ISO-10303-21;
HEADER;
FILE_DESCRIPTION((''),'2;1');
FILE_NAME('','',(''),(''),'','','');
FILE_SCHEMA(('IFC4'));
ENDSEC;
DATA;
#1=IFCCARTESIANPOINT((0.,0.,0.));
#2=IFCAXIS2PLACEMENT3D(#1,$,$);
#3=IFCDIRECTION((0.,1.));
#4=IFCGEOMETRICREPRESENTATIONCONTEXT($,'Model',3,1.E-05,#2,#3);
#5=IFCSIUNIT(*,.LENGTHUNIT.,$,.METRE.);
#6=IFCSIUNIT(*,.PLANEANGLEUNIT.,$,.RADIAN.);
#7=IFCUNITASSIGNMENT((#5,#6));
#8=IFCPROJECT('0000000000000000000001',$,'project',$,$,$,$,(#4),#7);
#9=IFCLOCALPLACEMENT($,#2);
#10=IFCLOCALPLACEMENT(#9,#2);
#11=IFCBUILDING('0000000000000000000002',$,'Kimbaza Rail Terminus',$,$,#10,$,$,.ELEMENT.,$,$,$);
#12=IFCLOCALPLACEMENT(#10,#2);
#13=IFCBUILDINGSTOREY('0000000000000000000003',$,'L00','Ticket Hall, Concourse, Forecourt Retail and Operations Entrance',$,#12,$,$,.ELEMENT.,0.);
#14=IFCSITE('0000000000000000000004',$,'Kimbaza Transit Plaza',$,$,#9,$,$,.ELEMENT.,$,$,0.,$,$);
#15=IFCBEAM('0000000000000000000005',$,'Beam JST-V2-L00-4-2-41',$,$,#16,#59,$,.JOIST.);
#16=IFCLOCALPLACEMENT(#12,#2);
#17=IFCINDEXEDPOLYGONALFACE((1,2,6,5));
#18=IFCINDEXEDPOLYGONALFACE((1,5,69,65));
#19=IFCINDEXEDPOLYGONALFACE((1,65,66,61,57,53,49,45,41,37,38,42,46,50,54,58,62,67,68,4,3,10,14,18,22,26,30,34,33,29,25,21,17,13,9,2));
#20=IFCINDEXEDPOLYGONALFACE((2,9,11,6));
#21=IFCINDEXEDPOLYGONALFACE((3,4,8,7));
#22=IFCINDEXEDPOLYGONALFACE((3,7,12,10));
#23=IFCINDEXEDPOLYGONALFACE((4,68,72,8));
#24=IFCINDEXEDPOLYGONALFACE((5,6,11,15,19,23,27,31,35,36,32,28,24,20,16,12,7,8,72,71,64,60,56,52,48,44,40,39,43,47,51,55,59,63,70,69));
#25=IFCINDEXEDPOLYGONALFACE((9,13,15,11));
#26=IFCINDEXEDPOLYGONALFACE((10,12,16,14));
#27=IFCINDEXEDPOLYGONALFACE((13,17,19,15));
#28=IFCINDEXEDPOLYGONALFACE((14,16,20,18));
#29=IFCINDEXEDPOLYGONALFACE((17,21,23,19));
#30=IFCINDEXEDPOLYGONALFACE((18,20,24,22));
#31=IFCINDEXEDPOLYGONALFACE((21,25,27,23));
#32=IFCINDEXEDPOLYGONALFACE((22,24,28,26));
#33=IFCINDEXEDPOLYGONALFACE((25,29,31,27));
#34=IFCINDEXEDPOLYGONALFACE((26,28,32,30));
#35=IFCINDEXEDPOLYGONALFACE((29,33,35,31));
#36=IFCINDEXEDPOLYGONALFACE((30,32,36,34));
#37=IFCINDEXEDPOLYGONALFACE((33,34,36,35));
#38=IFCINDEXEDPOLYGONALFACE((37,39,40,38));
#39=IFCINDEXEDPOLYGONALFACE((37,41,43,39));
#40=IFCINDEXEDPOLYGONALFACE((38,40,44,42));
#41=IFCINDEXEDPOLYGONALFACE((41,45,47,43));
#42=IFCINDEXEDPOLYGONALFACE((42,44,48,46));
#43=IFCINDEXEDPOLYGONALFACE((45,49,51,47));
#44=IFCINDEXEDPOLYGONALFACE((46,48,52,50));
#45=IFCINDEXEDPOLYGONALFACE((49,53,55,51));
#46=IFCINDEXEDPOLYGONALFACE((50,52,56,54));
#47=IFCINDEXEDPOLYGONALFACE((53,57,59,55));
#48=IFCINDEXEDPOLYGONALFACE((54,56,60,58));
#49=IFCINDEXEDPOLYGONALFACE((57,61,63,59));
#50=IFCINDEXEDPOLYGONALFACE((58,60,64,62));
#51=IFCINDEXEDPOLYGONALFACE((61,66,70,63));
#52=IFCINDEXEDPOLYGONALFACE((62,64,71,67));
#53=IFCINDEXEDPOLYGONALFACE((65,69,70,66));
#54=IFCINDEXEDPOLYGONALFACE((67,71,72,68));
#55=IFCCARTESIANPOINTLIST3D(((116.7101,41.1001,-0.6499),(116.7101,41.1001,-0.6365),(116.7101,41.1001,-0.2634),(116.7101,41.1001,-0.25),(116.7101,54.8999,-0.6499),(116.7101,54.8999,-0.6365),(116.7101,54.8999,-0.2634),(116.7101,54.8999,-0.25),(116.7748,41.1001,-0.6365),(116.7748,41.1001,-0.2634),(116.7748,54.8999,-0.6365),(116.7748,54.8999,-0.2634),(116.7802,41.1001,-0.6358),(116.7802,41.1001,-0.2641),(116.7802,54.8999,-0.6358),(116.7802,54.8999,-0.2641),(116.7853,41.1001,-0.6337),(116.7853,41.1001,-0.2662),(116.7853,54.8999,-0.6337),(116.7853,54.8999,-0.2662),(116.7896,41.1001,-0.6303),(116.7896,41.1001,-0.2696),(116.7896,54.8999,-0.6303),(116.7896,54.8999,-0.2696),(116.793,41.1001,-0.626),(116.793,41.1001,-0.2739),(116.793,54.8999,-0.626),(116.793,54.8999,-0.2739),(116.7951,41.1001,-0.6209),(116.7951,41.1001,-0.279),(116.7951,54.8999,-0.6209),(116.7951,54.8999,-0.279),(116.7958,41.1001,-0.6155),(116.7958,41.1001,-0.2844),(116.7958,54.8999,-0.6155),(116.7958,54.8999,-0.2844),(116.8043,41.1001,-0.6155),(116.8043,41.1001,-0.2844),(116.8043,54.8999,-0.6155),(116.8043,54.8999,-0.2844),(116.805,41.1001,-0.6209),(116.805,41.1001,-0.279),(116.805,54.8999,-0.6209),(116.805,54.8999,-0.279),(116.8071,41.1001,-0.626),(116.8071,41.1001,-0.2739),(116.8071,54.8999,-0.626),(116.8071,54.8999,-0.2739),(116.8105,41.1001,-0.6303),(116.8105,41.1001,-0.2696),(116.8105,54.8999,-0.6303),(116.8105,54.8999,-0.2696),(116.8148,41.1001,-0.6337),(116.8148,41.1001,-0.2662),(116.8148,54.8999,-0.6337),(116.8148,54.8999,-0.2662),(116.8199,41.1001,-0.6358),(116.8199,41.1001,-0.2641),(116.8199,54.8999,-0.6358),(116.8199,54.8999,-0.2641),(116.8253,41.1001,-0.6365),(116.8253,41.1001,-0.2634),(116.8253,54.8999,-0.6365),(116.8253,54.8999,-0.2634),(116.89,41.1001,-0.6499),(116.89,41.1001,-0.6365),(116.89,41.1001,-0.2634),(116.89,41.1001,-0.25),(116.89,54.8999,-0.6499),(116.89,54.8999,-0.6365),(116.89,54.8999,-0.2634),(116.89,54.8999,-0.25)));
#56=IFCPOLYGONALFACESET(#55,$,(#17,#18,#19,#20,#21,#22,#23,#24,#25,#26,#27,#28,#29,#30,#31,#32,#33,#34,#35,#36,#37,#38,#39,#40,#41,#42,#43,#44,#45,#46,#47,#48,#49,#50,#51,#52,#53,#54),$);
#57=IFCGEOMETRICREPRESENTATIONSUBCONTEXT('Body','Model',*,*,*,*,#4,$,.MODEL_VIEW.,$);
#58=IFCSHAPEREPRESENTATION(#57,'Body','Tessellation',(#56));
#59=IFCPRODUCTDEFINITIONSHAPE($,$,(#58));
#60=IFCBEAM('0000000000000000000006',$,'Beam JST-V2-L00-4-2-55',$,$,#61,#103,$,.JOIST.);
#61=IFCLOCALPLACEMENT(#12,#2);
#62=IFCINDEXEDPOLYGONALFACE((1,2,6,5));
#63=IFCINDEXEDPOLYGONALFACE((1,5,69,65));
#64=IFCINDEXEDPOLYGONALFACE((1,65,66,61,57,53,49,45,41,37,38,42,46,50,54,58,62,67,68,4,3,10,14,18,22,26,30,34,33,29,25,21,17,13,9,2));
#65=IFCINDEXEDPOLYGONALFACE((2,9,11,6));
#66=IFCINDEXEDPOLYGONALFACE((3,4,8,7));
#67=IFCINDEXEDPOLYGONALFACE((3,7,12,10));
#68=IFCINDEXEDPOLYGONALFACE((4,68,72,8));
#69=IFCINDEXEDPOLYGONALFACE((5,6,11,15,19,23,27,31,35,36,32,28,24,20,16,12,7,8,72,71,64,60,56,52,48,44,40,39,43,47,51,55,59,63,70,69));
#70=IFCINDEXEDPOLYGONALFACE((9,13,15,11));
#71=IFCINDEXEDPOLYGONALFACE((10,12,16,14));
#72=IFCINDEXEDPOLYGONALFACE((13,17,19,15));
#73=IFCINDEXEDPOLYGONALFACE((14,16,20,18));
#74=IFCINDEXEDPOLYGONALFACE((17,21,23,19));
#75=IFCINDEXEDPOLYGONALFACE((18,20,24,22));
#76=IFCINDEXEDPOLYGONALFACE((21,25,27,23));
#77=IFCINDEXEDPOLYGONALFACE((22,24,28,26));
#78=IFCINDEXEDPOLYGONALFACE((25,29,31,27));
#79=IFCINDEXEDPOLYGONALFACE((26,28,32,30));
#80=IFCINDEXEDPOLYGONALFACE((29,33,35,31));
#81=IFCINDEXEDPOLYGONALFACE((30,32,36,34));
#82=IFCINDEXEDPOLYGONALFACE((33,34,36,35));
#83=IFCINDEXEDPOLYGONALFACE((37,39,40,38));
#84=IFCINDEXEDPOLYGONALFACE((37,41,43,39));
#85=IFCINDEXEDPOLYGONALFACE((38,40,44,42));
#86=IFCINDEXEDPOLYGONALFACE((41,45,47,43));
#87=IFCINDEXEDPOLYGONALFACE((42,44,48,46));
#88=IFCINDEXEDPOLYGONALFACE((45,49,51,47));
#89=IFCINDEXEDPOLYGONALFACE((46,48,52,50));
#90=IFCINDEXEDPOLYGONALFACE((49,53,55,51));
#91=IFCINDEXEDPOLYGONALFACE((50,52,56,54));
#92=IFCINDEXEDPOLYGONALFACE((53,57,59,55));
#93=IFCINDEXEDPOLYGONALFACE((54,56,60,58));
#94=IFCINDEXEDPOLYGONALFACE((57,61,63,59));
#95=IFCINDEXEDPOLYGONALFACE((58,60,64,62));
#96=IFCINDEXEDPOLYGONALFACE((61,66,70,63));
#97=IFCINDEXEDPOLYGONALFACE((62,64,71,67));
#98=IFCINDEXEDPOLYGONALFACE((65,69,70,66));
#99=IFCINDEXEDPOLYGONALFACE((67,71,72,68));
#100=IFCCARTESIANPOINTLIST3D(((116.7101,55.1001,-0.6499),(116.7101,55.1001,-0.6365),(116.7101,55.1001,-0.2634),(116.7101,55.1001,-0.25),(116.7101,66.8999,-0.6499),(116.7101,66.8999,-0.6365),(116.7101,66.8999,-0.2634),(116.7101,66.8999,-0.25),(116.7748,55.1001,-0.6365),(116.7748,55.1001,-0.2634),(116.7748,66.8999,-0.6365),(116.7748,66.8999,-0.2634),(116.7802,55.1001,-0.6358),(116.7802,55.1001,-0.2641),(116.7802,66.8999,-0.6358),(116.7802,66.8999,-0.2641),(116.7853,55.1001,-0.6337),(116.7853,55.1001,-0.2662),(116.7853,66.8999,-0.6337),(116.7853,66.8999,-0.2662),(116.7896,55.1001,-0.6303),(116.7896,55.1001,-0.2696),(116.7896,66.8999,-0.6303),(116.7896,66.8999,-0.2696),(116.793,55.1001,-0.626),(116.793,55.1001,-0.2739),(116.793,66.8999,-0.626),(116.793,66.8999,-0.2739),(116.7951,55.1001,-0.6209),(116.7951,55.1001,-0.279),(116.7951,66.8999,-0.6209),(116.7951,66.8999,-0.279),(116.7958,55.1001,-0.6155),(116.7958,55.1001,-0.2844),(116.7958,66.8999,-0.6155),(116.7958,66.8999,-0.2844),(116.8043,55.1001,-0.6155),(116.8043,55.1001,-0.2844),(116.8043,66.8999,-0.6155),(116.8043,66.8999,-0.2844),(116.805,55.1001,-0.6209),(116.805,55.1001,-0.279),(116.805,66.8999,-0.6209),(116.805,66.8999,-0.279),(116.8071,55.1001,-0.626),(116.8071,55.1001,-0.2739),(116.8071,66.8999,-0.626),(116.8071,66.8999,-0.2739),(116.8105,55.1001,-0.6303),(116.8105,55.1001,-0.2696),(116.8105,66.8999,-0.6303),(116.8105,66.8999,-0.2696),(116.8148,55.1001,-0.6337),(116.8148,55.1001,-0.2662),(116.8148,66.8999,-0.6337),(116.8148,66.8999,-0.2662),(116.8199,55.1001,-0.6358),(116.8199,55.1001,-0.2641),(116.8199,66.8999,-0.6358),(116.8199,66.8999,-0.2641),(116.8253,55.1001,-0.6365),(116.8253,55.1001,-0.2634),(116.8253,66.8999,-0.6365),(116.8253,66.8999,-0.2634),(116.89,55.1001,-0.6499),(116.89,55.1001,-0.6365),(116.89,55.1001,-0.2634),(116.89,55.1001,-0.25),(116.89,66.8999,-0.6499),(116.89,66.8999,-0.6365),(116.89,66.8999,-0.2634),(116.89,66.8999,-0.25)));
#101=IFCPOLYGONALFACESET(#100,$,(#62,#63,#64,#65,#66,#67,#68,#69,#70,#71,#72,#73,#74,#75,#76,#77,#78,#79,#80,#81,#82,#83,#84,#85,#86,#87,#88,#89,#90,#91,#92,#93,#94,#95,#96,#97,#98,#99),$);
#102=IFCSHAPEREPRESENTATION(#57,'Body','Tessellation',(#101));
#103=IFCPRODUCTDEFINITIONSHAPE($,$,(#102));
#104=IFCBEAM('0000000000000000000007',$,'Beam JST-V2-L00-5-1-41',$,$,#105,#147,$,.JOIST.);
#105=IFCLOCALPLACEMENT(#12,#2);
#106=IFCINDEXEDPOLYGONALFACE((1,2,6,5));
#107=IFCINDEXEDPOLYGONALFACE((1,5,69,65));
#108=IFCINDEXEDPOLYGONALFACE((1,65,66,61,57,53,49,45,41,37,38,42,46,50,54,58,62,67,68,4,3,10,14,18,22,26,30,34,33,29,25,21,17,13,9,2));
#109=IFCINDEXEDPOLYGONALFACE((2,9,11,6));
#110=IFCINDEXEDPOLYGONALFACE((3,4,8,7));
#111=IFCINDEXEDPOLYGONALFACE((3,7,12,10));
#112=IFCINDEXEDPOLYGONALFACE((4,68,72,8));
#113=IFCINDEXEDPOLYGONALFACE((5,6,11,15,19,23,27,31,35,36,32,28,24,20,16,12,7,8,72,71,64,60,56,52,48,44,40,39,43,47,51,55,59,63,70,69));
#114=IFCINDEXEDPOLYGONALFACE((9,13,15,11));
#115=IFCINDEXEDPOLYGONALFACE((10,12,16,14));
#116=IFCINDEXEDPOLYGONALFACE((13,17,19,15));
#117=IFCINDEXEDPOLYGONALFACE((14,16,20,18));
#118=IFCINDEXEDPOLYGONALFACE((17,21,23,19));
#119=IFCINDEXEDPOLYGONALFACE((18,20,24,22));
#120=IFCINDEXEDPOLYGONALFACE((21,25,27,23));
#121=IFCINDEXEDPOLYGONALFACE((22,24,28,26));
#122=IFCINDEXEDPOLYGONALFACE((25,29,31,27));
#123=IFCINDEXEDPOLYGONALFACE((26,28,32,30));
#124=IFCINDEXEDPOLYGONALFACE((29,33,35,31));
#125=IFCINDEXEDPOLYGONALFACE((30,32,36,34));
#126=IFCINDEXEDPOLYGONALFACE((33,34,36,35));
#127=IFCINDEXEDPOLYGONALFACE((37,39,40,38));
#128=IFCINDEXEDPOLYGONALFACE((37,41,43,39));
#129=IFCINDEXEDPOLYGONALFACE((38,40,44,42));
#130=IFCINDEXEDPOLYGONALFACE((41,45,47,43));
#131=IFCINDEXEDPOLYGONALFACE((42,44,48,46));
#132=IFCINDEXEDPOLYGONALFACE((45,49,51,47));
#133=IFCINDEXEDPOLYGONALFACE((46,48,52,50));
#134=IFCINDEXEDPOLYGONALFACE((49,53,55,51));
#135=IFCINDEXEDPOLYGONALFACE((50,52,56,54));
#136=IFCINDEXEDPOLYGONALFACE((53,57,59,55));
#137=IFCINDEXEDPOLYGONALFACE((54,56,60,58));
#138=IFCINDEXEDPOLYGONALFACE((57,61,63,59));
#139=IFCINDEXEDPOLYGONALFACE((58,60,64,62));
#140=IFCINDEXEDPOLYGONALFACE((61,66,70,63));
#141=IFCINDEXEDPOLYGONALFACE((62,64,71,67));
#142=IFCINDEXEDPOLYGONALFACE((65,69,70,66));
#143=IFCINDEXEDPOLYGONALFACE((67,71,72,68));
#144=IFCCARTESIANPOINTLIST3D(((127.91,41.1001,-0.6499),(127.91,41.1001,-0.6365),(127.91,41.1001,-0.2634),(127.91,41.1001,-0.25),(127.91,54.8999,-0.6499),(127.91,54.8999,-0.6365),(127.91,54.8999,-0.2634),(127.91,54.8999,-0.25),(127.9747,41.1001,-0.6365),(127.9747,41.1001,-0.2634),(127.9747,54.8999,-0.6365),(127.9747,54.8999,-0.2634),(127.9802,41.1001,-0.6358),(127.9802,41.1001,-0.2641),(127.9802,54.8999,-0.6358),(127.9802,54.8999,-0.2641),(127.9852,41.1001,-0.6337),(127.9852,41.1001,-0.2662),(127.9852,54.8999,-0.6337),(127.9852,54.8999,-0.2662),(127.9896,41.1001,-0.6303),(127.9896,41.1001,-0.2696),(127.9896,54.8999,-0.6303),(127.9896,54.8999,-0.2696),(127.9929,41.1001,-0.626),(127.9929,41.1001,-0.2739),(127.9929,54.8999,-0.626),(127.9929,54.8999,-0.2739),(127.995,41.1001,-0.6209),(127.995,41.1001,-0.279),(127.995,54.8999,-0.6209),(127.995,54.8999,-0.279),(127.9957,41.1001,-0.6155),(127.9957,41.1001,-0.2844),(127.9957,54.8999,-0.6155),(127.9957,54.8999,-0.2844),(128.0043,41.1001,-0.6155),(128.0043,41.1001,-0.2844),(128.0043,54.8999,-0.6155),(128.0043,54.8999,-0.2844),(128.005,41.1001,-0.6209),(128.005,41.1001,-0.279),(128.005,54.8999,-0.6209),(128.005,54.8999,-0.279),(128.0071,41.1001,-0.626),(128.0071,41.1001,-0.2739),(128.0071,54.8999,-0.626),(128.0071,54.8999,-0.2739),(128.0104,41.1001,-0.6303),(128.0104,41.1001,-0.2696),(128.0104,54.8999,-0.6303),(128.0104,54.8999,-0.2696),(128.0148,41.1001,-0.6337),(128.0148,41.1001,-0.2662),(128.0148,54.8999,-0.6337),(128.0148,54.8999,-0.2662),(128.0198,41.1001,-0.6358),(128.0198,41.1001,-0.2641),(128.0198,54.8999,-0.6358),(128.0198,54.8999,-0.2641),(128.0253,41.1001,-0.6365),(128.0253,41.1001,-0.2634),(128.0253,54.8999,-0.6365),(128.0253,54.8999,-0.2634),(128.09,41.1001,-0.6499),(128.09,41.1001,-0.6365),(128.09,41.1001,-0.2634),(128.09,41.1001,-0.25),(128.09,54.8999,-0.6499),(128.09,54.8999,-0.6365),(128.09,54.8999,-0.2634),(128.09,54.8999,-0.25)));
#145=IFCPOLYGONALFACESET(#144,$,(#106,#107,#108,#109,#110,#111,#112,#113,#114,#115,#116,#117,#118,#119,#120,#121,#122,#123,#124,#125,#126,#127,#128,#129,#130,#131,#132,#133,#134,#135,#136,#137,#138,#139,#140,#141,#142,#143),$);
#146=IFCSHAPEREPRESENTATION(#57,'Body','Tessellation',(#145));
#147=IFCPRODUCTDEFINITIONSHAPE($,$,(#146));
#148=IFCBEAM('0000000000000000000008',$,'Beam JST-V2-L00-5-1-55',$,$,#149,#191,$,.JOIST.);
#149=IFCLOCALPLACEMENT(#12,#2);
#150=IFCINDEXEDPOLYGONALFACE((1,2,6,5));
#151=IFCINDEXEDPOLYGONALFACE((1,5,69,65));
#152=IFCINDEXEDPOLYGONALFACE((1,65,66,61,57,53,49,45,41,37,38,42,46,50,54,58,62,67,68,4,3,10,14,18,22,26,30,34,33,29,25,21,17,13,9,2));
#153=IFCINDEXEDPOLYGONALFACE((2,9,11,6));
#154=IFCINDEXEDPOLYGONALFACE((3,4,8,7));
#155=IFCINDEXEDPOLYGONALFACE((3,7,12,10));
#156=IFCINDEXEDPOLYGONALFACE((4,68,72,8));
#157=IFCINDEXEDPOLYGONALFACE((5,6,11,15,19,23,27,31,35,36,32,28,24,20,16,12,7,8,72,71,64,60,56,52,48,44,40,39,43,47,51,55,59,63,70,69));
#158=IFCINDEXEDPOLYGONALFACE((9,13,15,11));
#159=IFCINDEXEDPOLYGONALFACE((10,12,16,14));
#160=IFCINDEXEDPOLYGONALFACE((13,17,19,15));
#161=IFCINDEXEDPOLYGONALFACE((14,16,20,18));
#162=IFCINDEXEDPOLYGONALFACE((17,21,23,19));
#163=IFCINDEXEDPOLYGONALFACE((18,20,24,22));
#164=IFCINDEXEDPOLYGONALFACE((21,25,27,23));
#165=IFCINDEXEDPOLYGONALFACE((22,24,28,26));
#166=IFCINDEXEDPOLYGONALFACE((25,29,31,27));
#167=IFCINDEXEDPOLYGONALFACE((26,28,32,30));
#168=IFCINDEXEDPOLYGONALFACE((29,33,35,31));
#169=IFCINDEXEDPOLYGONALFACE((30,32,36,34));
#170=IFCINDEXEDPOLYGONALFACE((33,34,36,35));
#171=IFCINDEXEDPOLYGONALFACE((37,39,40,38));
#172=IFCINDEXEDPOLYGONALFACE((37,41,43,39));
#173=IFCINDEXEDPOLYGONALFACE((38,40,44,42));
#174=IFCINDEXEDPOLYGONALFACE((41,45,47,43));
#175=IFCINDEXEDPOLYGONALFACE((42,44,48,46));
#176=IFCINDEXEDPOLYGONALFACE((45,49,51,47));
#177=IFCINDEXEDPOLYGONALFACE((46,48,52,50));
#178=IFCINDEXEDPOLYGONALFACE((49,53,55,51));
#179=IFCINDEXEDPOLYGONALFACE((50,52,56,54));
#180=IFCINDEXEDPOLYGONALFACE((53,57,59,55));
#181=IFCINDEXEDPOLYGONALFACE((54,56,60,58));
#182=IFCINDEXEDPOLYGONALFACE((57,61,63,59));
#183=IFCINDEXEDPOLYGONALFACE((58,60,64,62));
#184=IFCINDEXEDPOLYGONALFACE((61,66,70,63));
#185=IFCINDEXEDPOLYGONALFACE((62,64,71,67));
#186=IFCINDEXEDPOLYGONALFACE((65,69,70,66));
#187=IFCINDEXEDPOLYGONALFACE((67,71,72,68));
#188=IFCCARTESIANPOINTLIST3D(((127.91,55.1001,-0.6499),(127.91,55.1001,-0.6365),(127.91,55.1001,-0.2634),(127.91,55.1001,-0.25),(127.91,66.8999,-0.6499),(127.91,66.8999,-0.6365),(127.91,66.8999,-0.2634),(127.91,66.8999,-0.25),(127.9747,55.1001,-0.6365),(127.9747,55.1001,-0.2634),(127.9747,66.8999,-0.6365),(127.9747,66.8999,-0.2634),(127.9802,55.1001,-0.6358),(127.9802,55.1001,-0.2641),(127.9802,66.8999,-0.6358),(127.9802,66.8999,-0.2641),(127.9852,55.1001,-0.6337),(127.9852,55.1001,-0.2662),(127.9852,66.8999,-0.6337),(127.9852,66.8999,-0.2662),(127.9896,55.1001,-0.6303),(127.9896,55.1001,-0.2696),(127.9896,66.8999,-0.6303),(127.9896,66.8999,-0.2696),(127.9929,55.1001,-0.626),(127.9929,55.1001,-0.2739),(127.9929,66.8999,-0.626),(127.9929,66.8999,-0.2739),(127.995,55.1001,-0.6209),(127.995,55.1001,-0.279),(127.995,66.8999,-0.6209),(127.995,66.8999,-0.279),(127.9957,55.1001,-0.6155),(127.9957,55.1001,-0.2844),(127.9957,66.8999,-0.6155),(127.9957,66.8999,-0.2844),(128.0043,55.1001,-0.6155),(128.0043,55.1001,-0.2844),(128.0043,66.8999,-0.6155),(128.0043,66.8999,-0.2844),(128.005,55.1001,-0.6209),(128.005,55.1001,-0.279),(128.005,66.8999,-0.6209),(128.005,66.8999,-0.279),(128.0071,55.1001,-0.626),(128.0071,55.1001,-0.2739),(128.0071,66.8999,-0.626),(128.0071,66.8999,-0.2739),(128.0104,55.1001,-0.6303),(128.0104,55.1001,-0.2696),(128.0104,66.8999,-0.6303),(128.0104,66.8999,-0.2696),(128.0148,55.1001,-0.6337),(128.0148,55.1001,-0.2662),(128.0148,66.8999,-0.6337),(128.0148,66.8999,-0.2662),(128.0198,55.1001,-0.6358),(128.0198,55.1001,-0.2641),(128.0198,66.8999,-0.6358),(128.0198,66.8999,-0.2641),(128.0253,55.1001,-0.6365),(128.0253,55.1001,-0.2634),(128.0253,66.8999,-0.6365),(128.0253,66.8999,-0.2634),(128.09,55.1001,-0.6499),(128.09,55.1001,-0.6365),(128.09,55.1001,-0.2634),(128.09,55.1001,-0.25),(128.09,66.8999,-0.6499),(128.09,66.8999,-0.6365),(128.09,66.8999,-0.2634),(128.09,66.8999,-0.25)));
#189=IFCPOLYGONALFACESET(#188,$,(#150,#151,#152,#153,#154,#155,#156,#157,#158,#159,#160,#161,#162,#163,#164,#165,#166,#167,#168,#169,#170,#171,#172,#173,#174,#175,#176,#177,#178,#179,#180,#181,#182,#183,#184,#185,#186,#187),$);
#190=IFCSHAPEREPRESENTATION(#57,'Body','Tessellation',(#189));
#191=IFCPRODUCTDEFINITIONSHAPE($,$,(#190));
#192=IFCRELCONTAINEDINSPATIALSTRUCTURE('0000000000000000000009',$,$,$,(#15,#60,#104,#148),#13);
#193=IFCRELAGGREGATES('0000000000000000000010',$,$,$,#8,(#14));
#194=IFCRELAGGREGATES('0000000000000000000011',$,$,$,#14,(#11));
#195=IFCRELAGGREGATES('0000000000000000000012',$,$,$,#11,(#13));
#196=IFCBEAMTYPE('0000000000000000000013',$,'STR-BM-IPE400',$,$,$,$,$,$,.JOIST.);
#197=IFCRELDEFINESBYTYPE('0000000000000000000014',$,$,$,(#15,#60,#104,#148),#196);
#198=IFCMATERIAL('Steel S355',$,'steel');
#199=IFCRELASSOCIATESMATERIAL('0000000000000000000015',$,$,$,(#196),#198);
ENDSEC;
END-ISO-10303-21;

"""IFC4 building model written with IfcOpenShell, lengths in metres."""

from ifc_helpers import new_model, si_unit, direction, frame, origin, origin_2d, place, context, subcontext, project, spatial, i_section, extrude, material, material_profile, profile_set, type_object, element, save


model = new_model("IFC4")

# Units and contexts
model_context = context("Model", 3, precision=1e-05, world=origin(), true_north=direction((0.0, 1.0)))
body_context = subcontext(model_context, "Body", "Model", "MODEL_VIEW")
ifc_project = project(units=[si_unit("LENGTHUNIT", "METRE"), si_unit("PLANEANGLEUNIT", "RADIAN")], contexts=[model_context])

# Site, building, storey
site_placement = place(None, origin())
site = spatial("IfcSite", under=ifc_project, at=site_placement, Name="Kimbaza Transit Plaza", CompositionType="ELEMENT", RefElevation=0.0)
building_placement = place(site_placement, origin())
building = spatial("IfcBuilding", under=site, at=building_placement, Name="Kimbaza Rail Terminus", CompositionType="ELEMENT")
storey_placement = place(building_placement, origin())
storey = spatial("IfcBuildingStorey", under=building, at=storey_placement, Name="L00", Description="Ticket Hall, Concourse, Forecourt Retail and Operations Entrance", CompositionType="ELEMENT", Elevation=0.0)

# Beams
ifc_material_1 = material(Name="Steel S355", Category="steel")
ifc_material_profile_1 = material_profile(ifc_material_1, i_section(OverallWidth=0.1799, OverallDepth=0.3999, WebThickness=0.0085, FlangeThickness=0.0134, FilletRadius=0.021, at=origin_2d()), Name="IPE 400")
ifc_profile_set_1 = profile_set([ifc_material_profile_1], Name="Steel S355")
beam_type_1 = type_object("IfcBeamType", Name="STR-BM-IPE400", PredefinedType="JOIST", material=ifc_profile_set_1)
beam_1_placement = place(storey_placement, frame((116.8, 41.1001, -0.45), z_axis=(0.0, 1.0, 0.0), x_axis=(-1.0, 0.0, 0.0)))
element("IfcBeam", 1, at=beam_1_placement, inside=storey, type_object=beam_type_1, Name="Beam JST-V2-L00-4-2-41", PredefinedType="JOIST", context=body_context, shape_type="SweptSolid", body=[
    extrude(i_section(OverallWidth=0.1799, OverallDepth=0.3999, WebThickness=0.0085, FlangeThickness=0.0134, FilletRadius=0.021, at=origin_2d()), origin(), (0.0, 0.0, 1.0), 13.7998),
])
beam_2_placement = place(storey_placement, frame((116.8, 55.1001, -0.45), z_axis=(0.0, 1.0, 0.0), x_axis=(-1.0, 0.0, 0.0)))
element("IfcBeam", 2, at=beam_2_placement, inside=storey, type_object=beam_type_1, Name="Beam JST-V2-L00-4-2-55", PredefinedType="JOIST", context=body_context, shape_type="SweptSolid", body=[
    extrude(i_section(OverallWidth=0.1799, OverallDepth=0.3999, WebThickness=0.0085, FlangeThickness=0.0134, FilletRadius=0.021, at=origin_2d()), origin(), (0.0, 0.0, 1.0), 11.7998),
])
beam_3_placement = place(storey_placement, frame((128.0, 41.1001, -0.45), z_axis=(0.0, 1.0, 0.0), x_axis=(-1.0, 0.0, 0.0)))
element("IfcBeam", 3, at=beam_3_placement, inside=storey, type_object=beam_type_1, Name="Beam JST-V2-L00-5-1-41", PredefinedType="JOIST", context=body_context, shape_type="SweptSolid", body=[
    extrude(i_section(OverallWidth=0.1799, OverallDepth=0.3999, WebThickness=0.0085, FlangeThickness=0.0134, FilletRadius=0.021, at=origin_2d()), origin(), (0.0, 0.0, 1.0), 13.7998),
])
beam_4_placement = place(storey_placement, frame((128.0, 55.1001, -0.45), z_axis=(0.0, 1.0, 0.0), x_axis=(-1.0, 0.0, 0.0)))
element("IfcBeam", 4, at=beam_4_placement, inside=storey, type_object=beam_type_1, Name="Beam JST-V2-L00-5-1-55", PredefinedType="JOIST", context=body_context, shape_type="SweptSolid", body=[
    extrude(i_section(OverallWidth=0.1799, OverallDepth=0.3999, WebThickness=0.0085, FlangeThickness=0.0134, FilletRadius=0.021, at=origin_2d()), origin(), (0.0, 0.0, 1.0), 11.7998),
])

save(model, "model.ifc")
